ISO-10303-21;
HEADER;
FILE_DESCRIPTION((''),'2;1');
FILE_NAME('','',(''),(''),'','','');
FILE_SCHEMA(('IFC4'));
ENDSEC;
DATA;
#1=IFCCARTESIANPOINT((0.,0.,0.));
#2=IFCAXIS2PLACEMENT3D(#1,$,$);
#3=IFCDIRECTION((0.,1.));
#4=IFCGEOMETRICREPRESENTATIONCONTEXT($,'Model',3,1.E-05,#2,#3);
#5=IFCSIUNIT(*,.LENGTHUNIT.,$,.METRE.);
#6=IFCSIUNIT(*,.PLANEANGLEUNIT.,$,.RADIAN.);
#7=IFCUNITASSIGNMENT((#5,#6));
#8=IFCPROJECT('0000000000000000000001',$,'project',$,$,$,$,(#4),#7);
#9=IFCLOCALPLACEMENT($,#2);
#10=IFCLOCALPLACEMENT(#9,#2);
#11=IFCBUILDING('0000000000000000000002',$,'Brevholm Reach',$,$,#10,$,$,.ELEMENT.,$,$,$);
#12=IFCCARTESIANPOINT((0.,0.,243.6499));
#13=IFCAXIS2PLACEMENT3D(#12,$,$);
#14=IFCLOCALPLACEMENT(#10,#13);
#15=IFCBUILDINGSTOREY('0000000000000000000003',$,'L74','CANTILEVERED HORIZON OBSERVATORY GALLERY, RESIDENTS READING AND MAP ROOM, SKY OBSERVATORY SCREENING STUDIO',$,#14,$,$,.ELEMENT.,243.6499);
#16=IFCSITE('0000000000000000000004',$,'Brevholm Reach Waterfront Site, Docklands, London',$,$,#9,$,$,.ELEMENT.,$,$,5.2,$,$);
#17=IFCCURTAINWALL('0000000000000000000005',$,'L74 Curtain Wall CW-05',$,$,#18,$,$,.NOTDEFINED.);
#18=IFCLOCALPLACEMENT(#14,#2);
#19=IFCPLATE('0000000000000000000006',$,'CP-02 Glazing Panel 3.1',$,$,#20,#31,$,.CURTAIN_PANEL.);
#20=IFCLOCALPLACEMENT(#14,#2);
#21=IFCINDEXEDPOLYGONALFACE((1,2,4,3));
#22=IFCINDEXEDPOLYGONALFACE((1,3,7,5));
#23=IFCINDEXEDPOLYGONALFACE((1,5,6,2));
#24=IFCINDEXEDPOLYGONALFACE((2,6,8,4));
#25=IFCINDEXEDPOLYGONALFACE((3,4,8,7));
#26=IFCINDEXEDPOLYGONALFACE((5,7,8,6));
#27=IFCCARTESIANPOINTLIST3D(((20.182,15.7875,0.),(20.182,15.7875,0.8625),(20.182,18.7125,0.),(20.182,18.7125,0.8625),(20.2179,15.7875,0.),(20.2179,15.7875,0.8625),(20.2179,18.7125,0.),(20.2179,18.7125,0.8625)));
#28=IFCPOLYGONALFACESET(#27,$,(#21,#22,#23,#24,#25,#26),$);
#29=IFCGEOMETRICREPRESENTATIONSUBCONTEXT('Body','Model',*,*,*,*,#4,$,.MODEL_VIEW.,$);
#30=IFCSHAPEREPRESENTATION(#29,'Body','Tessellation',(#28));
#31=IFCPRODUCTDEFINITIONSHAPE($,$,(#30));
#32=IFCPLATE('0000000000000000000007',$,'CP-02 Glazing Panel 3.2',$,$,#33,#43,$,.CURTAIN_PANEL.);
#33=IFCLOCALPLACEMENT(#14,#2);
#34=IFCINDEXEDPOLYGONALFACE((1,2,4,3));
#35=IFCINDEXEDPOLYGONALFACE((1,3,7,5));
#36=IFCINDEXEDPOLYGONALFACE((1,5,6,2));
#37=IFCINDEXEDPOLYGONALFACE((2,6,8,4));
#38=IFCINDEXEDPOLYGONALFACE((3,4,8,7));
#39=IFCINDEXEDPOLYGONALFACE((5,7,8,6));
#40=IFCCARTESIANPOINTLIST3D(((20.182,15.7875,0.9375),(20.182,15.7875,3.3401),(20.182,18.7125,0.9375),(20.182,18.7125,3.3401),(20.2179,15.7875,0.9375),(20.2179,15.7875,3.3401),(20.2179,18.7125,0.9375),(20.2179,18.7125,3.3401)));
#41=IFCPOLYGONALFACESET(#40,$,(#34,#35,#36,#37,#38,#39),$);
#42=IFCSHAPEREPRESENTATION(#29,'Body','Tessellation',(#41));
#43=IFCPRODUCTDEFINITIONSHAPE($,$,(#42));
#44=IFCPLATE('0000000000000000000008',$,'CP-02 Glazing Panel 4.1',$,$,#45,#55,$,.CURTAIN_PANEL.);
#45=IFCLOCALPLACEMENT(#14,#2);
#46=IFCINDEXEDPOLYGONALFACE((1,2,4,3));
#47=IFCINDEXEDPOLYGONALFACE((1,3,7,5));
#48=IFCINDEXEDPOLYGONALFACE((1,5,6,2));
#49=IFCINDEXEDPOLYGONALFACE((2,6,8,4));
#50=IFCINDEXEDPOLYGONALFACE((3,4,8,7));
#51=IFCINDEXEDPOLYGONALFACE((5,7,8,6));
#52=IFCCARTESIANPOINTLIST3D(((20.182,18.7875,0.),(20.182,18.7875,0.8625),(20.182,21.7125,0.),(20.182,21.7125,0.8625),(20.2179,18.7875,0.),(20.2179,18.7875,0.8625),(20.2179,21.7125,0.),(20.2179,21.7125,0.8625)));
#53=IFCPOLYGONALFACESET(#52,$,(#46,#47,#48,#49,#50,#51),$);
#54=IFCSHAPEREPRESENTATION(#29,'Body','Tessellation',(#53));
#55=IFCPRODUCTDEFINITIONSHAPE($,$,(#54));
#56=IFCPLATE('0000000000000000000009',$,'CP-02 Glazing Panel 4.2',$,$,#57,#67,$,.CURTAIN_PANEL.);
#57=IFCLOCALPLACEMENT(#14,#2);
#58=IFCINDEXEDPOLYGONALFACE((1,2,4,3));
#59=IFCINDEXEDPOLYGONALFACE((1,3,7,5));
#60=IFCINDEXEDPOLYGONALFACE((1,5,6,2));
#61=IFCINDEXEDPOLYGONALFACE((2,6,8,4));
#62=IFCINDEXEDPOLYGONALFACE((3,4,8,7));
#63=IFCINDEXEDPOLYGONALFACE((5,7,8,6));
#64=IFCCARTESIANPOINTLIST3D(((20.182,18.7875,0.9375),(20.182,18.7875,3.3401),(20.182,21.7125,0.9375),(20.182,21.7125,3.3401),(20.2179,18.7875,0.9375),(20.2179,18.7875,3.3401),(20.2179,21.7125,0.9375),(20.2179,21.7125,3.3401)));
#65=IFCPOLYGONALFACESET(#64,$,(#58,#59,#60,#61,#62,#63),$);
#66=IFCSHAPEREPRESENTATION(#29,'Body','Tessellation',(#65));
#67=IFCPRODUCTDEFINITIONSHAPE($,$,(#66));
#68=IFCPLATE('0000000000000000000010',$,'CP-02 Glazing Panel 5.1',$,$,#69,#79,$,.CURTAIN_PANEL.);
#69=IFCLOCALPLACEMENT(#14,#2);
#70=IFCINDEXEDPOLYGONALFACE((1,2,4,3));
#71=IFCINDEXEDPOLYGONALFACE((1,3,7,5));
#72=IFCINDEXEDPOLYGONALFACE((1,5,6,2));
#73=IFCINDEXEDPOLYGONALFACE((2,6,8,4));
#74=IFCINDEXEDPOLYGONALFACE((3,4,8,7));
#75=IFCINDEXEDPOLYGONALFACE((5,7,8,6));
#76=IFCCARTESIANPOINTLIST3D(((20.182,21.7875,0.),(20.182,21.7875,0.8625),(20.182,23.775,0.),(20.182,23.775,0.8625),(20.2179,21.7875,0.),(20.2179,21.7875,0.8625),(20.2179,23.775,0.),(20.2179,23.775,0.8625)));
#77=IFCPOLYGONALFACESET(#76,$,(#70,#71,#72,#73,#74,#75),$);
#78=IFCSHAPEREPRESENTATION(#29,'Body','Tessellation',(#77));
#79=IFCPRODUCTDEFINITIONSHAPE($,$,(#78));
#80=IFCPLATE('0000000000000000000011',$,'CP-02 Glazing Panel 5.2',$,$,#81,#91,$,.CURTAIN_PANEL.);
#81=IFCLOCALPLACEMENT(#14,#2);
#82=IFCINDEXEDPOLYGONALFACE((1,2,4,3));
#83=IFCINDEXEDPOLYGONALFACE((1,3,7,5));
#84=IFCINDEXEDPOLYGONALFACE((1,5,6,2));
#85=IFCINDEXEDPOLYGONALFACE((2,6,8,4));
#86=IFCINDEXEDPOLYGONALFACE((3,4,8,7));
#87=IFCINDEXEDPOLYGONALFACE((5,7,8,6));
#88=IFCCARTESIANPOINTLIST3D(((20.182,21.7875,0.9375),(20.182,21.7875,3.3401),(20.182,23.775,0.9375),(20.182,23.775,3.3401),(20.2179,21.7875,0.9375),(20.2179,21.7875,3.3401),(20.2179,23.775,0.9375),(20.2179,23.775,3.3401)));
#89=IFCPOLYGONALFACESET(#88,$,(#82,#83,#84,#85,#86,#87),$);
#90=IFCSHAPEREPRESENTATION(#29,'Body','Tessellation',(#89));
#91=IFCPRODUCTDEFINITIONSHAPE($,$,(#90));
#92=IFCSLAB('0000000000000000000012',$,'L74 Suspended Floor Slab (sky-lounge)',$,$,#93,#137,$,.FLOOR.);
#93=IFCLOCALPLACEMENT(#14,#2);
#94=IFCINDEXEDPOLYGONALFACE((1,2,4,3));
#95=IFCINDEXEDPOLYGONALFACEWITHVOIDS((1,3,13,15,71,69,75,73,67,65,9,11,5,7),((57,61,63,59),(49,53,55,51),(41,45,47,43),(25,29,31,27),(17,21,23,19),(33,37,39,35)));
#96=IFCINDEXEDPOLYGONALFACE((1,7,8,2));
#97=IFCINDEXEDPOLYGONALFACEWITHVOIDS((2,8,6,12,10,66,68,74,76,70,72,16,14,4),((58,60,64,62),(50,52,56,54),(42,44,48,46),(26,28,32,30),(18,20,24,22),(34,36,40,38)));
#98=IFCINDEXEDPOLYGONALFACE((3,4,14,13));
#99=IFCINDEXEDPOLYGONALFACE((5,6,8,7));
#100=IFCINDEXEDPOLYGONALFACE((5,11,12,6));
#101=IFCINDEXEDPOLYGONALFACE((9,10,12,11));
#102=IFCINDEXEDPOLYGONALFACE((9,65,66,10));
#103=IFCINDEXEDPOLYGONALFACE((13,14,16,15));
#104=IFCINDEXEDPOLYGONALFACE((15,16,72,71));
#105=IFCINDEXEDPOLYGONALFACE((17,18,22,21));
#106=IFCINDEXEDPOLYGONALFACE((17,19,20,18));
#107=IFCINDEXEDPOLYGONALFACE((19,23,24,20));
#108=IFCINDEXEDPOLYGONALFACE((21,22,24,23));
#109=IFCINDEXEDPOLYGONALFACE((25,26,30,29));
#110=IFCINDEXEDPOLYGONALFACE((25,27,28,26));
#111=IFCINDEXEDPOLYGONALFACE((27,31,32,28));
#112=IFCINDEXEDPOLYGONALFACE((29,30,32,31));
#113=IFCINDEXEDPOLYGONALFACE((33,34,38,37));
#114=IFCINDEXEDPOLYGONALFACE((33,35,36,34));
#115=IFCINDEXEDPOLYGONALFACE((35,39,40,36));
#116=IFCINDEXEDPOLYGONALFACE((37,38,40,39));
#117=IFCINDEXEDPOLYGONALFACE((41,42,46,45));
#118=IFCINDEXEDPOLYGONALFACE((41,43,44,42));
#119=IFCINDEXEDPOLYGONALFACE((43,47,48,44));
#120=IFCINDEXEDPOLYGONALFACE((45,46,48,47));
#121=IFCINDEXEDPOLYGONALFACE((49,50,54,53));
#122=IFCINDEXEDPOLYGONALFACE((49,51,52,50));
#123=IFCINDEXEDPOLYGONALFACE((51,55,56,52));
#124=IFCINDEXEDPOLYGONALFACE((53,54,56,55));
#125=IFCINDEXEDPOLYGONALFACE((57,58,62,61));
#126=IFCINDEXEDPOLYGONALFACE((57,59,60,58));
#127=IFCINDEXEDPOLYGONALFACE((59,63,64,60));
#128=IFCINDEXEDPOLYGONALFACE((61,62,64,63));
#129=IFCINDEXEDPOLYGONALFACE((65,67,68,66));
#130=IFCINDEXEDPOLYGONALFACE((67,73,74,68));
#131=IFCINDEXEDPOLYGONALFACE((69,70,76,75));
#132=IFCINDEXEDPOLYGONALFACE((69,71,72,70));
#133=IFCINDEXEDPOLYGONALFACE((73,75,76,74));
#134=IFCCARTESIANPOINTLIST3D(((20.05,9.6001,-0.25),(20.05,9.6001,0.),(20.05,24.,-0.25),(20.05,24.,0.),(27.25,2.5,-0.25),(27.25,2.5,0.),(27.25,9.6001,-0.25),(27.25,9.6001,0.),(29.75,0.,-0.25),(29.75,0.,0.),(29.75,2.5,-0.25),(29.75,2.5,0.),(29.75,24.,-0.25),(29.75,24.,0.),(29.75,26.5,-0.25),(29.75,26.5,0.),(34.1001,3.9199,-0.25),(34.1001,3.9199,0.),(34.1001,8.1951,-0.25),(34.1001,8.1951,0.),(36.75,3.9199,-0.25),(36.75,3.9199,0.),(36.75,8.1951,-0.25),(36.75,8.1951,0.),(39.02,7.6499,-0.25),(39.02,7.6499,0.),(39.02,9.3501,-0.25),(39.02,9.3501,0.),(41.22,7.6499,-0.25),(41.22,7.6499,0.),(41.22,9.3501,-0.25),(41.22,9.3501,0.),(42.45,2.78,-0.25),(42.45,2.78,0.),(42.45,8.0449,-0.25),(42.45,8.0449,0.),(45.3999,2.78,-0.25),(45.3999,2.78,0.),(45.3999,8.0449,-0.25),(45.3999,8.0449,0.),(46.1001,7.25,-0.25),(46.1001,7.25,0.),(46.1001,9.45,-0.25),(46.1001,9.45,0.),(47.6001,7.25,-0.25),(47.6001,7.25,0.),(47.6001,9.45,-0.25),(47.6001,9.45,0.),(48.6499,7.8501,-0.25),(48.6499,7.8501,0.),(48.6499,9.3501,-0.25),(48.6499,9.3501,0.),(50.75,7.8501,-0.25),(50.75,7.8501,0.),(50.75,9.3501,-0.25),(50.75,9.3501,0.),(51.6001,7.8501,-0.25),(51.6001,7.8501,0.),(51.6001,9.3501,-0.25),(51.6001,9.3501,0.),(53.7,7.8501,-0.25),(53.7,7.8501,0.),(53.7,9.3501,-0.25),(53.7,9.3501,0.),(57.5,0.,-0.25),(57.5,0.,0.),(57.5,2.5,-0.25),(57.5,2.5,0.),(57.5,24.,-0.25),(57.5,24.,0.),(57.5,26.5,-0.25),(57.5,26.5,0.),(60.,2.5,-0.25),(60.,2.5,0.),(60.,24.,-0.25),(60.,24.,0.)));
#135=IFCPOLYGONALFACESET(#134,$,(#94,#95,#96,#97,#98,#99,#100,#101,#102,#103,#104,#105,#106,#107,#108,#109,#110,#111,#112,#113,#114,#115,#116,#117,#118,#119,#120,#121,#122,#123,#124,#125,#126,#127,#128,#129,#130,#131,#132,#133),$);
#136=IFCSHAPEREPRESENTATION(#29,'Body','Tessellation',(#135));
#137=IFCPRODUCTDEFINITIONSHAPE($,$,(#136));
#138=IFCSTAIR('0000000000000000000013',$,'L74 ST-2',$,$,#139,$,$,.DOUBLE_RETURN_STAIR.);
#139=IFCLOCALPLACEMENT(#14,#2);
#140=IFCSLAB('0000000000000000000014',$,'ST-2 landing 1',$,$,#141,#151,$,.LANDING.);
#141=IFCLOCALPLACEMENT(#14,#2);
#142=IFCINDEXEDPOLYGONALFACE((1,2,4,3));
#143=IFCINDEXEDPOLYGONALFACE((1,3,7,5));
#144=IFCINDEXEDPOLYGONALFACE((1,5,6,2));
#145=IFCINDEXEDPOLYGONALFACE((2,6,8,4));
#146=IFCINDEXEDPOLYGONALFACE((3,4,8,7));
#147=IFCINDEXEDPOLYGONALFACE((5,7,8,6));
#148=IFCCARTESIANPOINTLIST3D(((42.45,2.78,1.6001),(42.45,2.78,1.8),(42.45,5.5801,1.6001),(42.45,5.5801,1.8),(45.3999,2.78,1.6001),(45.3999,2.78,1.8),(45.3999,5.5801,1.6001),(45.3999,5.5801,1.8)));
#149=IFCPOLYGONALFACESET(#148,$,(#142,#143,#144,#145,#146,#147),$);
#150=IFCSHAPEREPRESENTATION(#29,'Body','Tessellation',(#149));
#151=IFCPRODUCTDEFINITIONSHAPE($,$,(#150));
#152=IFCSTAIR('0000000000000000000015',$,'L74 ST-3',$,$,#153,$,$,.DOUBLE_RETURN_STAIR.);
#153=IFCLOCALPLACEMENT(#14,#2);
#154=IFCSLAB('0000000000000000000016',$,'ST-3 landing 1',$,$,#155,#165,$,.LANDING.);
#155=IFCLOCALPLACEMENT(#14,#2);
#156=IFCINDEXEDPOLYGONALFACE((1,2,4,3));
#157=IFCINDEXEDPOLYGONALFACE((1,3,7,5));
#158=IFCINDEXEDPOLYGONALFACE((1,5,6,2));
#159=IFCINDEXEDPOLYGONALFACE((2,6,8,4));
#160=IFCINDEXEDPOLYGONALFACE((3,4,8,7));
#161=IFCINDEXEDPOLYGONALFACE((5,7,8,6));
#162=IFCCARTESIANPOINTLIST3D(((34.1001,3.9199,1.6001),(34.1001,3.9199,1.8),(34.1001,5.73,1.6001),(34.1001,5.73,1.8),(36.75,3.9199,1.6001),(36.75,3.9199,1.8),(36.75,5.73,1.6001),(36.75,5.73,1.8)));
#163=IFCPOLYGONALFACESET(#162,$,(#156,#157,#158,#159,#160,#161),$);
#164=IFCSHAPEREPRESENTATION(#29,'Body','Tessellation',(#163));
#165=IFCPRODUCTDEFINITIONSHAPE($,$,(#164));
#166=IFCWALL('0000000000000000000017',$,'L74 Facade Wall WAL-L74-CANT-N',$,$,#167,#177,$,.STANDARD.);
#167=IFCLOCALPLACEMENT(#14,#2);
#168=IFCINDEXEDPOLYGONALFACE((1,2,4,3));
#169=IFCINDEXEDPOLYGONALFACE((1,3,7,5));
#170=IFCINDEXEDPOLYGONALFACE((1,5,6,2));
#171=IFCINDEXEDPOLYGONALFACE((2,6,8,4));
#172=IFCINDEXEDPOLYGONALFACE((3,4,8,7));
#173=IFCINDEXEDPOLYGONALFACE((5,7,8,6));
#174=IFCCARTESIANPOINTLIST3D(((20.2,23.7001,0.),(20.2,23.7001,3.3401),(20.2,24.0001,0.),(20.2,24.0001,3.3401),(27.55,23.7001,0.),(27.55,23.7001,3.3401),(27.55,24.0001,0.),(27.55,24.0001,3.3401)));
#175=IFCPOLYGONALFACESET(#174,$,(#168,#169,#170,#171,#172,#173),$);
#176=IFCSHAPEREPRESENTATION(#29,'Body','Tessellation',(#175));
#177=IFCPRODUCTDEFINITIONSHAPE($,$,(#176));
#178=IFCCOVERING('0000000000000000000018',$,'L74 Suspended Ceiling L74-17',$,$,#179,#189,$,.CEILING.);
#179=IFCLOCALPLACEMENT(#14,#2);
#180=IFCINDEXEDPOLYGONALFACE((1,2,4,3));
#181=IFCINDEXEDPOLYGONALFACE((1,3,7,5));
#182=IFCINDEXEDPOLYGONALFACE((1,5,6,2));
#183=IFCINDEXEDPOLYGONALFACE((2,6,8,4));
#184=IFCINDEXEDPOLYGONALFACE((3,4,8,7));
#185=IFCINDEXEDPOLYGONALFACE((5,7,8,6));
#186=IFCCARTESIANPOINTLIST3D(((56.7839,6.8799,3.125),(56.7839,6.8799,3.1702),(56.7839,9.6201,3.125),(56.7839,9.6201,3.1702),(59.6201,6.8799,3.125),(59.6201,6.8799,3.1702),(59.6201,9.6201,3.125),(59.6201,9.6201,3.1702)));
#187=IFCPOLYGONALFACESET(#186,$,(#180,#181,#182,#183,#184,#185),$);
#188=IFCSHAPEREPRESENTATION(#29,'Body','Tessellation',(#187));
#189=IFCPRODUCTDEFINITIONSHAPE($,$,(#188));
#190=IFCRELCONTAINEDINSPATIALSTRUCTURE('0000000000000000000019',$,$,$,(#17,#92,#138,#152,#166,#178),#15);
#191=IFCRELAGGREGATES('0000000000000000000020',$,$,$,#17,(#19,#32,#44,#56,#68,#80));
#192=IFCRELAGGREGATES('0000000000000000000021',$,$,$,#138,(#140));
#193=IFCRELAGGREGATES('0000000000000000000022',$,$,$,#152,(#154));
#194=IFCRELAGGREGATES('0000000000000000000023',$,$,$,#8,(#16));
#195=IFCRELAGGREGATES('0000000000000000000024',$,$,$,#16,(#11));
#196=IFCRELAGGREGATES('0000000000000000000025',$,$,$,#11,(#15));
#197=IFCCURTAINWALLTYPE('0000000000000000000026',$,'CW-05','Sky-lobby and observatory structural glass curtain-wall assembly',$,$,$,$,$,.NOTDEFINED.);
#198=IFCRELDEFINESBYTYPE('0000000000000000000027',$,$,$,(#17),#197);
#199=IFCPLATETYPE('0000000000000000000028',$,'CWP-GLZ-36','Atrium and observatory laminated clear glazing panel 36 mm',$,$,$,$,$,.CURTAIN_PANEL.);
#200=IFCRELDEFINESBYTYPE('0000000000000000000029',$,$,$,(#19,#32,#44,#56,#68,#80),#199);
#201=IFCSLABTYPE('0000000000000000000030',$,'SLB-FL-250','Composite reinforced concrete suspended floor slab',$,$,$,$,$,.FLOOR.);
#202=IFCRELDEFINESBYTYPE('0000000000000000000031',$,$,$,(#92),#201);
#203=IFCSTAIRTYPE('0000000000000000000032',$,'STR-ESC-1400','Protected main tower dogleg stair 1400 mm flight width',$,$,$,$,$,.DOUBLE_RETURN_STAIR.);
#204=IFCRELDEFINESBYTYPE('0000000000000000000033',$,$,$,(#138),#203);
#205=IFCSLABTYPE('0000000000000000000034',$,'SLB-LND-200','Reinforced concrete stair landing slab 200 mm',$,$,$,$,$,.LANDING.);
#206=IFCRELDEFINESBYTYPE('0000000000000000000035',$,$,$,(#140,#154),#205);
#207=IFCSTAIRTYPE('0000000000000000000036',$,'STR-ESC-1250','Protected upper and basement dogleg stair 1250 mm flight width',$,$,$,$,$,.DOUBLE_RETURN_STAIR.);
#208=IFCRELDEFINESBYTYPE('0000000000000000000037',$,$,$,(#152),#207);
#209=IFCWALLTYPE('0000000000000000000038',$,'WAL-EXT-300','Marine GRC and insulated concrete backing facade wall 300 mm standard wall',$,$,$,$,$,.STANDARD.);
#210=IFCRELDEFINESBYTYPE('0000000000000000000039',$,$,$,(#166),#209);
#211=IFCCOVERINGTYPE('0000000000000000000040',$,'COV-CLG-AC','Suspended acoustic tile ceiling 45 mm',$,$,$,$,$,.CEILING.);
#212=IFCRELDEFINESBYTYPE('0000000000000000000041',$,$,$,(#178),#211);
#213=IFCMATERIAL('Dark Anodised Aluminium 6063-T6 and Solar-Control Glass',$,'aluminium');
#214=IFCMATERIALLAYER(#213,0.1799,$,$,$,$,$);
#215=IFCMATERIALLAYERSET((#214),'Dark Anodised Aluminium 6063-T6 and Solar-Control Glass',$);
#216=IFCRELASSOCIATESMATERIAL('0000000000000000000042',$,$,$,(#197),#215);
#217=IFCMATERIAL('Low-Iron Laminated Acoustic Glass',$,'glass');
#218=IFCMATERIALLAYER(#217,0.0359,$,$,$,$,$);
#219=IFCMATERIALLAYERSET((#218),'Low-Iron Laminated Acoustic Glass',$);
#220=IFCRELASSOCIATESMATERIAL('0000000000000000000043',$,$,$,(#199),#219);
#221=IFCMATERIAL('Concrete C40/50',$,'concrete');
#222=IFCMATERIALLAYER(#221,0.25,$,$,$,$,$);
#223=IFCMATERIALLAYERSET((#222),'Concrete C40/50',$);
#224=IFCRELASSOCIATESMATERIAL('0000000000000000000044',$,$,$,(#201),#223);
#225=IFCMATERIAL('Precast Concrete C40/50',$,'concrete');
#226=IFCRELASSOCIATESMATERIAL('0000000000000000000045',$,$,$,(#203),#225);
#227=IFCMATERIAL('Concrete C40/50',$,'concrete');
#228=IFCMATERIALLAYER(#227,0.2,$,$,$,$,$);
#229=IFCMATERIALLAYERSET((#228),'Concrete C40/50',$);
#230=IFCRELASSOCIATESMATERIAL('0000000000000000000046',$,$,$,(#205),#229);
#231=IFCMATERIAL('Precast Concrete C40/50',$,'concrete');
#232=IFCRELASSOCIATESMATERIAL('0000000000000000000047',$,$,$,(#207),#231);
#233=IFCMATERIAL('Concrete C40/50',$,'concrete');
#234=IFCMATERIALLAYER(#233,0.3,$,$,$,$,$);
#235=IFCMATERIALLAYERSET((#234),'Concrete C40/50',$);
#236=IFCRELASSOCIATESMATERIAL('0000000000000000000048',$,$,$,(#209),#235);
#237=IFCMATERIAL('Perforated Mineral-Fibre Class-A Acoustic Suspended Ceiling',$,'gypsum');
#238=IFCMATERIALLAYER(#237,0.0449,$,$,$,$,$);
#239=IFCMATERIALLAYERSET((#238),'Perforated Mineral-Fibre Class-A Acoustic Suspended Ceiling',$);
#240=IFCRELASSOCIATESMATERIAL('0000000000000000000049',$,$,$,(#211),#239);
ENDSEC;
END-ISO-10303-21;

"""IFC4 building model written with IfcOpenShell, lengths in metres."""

from ifc_helpers import new_model, si_unit, direction, frame, frame_2d, origin, origin_2d, place, context, subcontext, project, spatial, polyline, rectangle, outline, extrude, material, layer, layer_set, type_object, element, aggregate, save


model = new_model("IFC4")

# Units and contexts
model_context = context("Model", 3, precision=1e-05, world=origin(), true_north=direction((0.0, 1.0)))
body_context = subcontext(model_context, "Body", "Model", "MODEL_VIEW")
ifc_project = project(units=[si_unit("LENGTHUNIT", "METRE"), si_unit("PLANEANGLEUNIT", "RADIAN")], contexts=[model_context])

# Site, building, storey
site_placement = place(None, origin())
site = spatial("IfcSite", under=ifc_project, at=site_placement, Name="Brevholm Reach Waterfront Site, Docklands, London", CompositionType="ELEMENT", RefElevation=5.2)
building_placement = place(site_placement, origin())
building = spatial("IfcBuilding", under=site, at=building_placement, Name="Brevholm Reach", CompositionType="ELEMENT")
storey_placement = place(building_placement, frame((0.0, 0.0, 243.6499)))
storey = spatial("IfcBuildingStorey", under=building, at=storey_placement, Name="L74", Description="CANTILEVERED HORIZON OBSERVATORY GALLERY, RESIDENTS READING AND MAP ROOM, SKY OBSERVATORY SCREENING STUDIO", CompositionType="ELEMENT", Elevation=243.6499)

# Curtain wall
ifc_material_1 = material(Name="Dark Anodised Aluminium 6063-T6 and Solar-Control Glass", Category="aluminium")
ifc_layer_1 = layer(ifc_material_1, 0.1799)
ifc_layer_set_1 = layer_set([ifc_layer_1], Name="Dark Anodised Aluminium 6063-T6 and Solar-Control Glass")
curtain_wall_type = type_object("IfcCurtainWallType", Name="CW-05", Description="Sky-lobby and observatory structural glass curtain-wall assembly", PredefinedType="NOTDEFINED", material=ifc_layer_set_1)
curtain_wall_placement = place(storey_placement, origin())
curtain_wall = element("IfcCurtainWall", 1, at=curtain_wall_placement, inside=storey, type_object=curtain_wall_type, Name="L74 Curtain Wall CW-05", PredefinedType="NOTDEFINED")

# Plates
ifc_material_2 = material(Name="Low-Iron Laminated Acoustic Glass", Category="glass")
ifc_layer_2 = layer(ifc_material_2, 0.0359)
ifc_layer_set_2 = layer_set([ifc_layer_2], Name="Low-Iron Laminated Acoustic Glass")
plate_type = type_object("IfcPlateType", Name="CWP-GLZ-36", Description="Atrium and observatory laminated clear glazing panel 36 mm", PredefinedType="CURTAIN_PANEL", material=ifc_layer_set_2)
plate_1_placement = place(storey_placement, frame((20.2, 17.25, 0.0), z_axis=(0.0, 0.0, 1.0), x_axis=(0.0, 1.0, 0.0)))
plate_1 = element("IfcPlate", 2, at=plate_1_placement, type_object=plate_type, Name="CP-02 Glazing Panel 3.1", PredefinedType="CURTAIN_PANEL", context=body_context, shape_type="SweptSolid", body=[
    extrude(rectangle(XDim=2.925, YDim=0.0359, at=origin_2d()), origin(), (0.0, 0.0, 1.0), 0.8625),
])
plate_2_placement = place(storey_placement, frame((20.2, 17.25, 0.9375), z_axis=(0.0, 0.0, 1.0), x_axis=(0.0, 1.0, 0.0)))
plate_2 = element("IfcPlate", 3, at=plate_2_placement, type_object=plate_type, Name="CP-02 Glazing Panel 3.2", PredefinedType="CURTAIN_PANEL", context=body_context, shape_type="SweptSolid", body=[
    extrude(rectangle(XDim=2.925, YDim=0.0359, at=origin_2d()), origin(), (0.0, 0.0, 1.0), 2.4026),
])
plate_3_placement = place(storey_placement, frame((20.2, 20.25, 0.0), z_axis=(0.0, 0.0, 1.0), x_axis=(0.0, 1.0, 0.0)))
plate_3 = element("IfcPlate", 4, at=plate_3_placement, type_object=plate_type, Name="CP-02 Glazing Panel 4.1", PredefinedType="CURTAIN_PANEL", context=body_context, shape_type="SweptSolid", body=[
    extrude(rectangle(XDim=2.925, YDim=0.0359, at=origin_2d()), origin(), (0.0, 0.0, 1.0), 0.8625),
])
plate_4_placement = place(storey_placement, frame((20.2, 20.25, 0.9375), z_axis=(0.0, 0.0, 1.0), x_axis=(0.0, 1.0, 0.0)))
plate_4 = element("IfcPlate", 5, at=plate_4_placement, type_object=plate_type, Name="CP-02 Glazing Panel 4.2", PredefinedType="CURTAIN_PANEL", context=body_context, shape_type="SweptSolid", body=[
    extrude(rectangle(XDim=2.925, YDim=0.0359, at=origin_2d()), origin(), (0.0, 0.0, 1.0), 2.4026),
])
plate_5_placement = place(storey_placement, frame((20.2, 22.7812, 0.0), z_axis=(0.0, 0.0, 1.0), x_axis=(0.0, 1.0, 0.0)))
plate_5 = element("IfcPlate", 6, at=plate_5_placement, type_object=plate_type, Name="CP-02 Glazing Panel 5.1", PredefinedType="CURTAIN_PANEL", context=body_context, shape_type="SweptSolid", body=[
    extrude(rectangle(XDim=1.9875, YDim=0.0359, at=origin_2d()), origin(), (0.0, 0.0, 1.0), 0.8625),
])
plate_6_placement = place(storey_placement, frame((20.2, 22.7812, 0.9375), z_axis=(0.0, 0.0, 1.0), x_axis=(0.0, 1.0, 0.0)))
plate_6 = element("IfcPlate", 7, at=plate_6_placement, type_object=plate_type, Name="CP-02 Glazing Panel 5.2", PredefinedType="CURTAIN_PANEL", context=body_context, shape_type="SweptSolid", body=[
    extrude(rectangle(XDim=1.9875, YDim=0.0359, at=origin_2d()), origin(), (0.0, 0.0, 1.0), 2.4026),
])
aggregate(curtain_wall, [plate_1, plate_2, plate_3, plate_4, plate_5, plate_6])

# Slab
ifc_material_3 = material(Name="Concrete C40/50", Category="concrete")
ifc_layer_3 = layer(ifc_material_3, 0.25)
ifc_layer_set_3 = layer_set([ifc_layer_3], Name="Concrete C40/50")
slab_type_1 = type_object("IfcSlabType", Name="SLB-FL-250", Description="Composite reinforced concrete suspended floor slab", PredefinedType="FLOOR", material=ifc_layer_set_3)
slab_1_placement = place(storey_placement, frame((0.0, 0.0, -0.25)))
element("IfcSlab", 8, at=slab_1_placement, inside=storey, type_object=slab_type_1, Name="L74 Suspended Floor Slab (sky-lounge)", PredefinedType="FLOOR", context=body_context, shape_type="SweptSolid", body=[
    extrude(outline(polyline([(29.75, 0.0), (57.5, 0.0), (57.5, 2.5), (60.0, 2.5), (60.0, 24.0), (57.5, 24.0), (57.5, 26.5), (29.75, 26.5), (29.75, 24.0), (20.05, 24.0), (20.05, 9.6001), (27.25, 9.6001), (27.25, 2.5), (29.75, 2.5), (29.75, 0.0)]), holes=[polyline([(42.45, 2.78), (45.3999, 2.78), (45.3999, 8.0449), (42.45, 8.0449), (42.45, 2.78)]), polyline([(34.1001, 3.9199), (36.75, 3.9199), (36.75, 8.1951), (34.1001, 8.1951), (34.1001, 3.9199)]), polyline([(46.1001, 7.25), (47.6001, 7.25), (47.6001, 9.45), (46.1001, 9.45), (46.1001, 7.25)]), polyline([(39.02, 7.6499), (41.22, 7.6499), (41.22, 9.3501), (39.02, 9.3501), (39.02, 7.6499)]), polyline([(48.6499, 7.8501), (50.75, 7.8501), (50.75, 9.3501), (48.6499, 9.3501), (48.6499, 7.8501)]), polyline([(51.6001, 7.8501), (53.7, 7.8501), (53.7, 9.3501), (51.6001, 9.3501), (51.6001, 7.8501)])]), origin(), (0.0, 0.0, 1.0), 0.25),
])

# Stairs, slabs
ifc_material_4 = material(Name="Precast Concrete C40/50", Category="concrete")
stair_type_1 = type_object("IfcStairType", Name="STR-ESC-1400", Description="Protected main tower dogleg stair 1400 mm flight width", PredefinedType="DOUBLE_RETURN_STAIR", material=ifc_material_4)
stair_1_placement = place(storey_placement, origin())
stair_1 = element("IfcStair", 9, at=stair_1_placement, inside=storey, type_object=stair_type_1, Name="L74 ST-2", PredefinedType="DOUBLE_RETURN_STAIR")
ifc_material_5 = material(Name="Concrete C40/50", Category="concrete")
ifc_layer_4 = layer(ifc_material_5, 0.2)
ifc_layer_set_4 = layer_set([ifc_layer_4], Name="Concrete C40/50")
slab_type_2 = type_object("IfcSlabType", Name="SLB-LND-200", Description="Reinforced concrete stair landing slab 200 mm", PredefinedType="LANDING", material=ifc_layer_set_4)
slab_2_placement = place(storey_placement, frame((0.0, 0.0, 1.6001)))
slab_2 = element("IfcSlab", 10, at=slab_2_placement, type_object=slab_type_2, Name="ST-2 landing 1", PredefinedType="LANDING", context=body_context, shape_type="SweptSolid", body=[
    extrude(outline(polyline([(42.45, 5.5801), (42.45, 2.78), (45.3999, 2.78), (45.3999, 5.5801), (42.45, 5.5801)])), origin(), (0.0, 0.0, 1.0), 0.2),
])
aggregate(stair_1, [slab_2])
ifc_material_6 = material(Name="Precast Concrete C40/50", Category="concrete")
stair_type_2 = type_object("IfcStairType", Name="STR-ESC-1250", Description="Protected upper and basement dogleg stair 1250 mm flight width", PredefinedType="DOUBLE_RETURN_STAIR", material=ifc_material_6)
stair_2_placement = place(storey_placement, origin())
stair_2 = element("IfcStair", 11, at=stair_2_placement, inside=storey, type_object=stair_type_2, Name="L74 ST-3", PredefinedType="DOUBLE_RETURN_STAIR")
slab_3_placement = place(storey_placement, frame((0.0, 0.0, 1.6001)))
slab_3 = element("IfcSlab", 12, at=slab_3_placement, type_object=slab_type_2, Name="ST-3 landing 1", PredefinedType="LANDING", context=body_context, shape_type="SweptSolid", body=[
    extrude(outline(polyline([(34.1001, 5.73), (34.1001, 3.9199), (36.75, 3.9199), (36.75, 5.73), (34.1001, 5.73)])), origin(), (0.0, 0.0, 1.0), 0.2),
])
aggregate(stair_2, [slab_3])

# Wall
ifc_material_7 = material(Name="Concrete C40/50", Category="concrete")
ifc_layer_5 = layer(ifc_material_7, 0.3)
ifc_layer_set_5 = layer_set([ifc_layer_5], Name="Concrete C40/50")
wall_type = type_object("IfcWallType", Name="WAL-EXT-300", Description="Marine GRC and insulated concrete backing facade wall 300 mm standard wall", PredefinedType="STANDARD", material=ifc_layer_set_5)
wall_placement = place(storey_placement, frame((20.2, 23.8501, 0.0), z_axis=(0.0, 0.0, 1.0), x_axis=(1.0, 0.0, 0.0)))
element("IfcWall", 13, at=wall_placement, inside=storey, type_object=wall_type, Name="L74 Facade Wall WAL-L74-CANT-N", PredefinedType="STANDARD", context=body_context, shape_type="SweptSolid", body=[
    extrude(rectangle(XDim=7.3501, YDim=0.3, at=frame_2d((3.675, 0.0))), origin(), (0.0, 0.0, 1.0), 3.3401),
])

# Covering
ifc_material_8 = material(Name="Perforated Mineral-Fibre Class-A Acoustic Suspended Ceiling", Category="gypsum")
ifc_layer_6 = layer(ifc_material_8, 0.0449)
ifc_layer_set_6 = layer_set([ifc_layer_6], Name="Perforated Mineral-Fibre Class-A Acoustic Suspended Ceiling")
covering_type_1 = type_object("IfcCoveringType", Name="COV-CLG-AC", Description="Suspended acoustic tile ceiling 45 mm", PredefinedType="CEILING", material=ifc_layer_set_6)
covering_1_placement = place(storey_placement, frame((0.0, 0.0, 3.125)))
element("IfcCovering", 14, at=covering_1_placement, inside=storey, type_object=covering_type_1, Name="L74 Suspended Ceiling L74-17", PredefinedType="CEILING", context=body_context, shape_type="SweptSolid", body=[
    extrude(outline(polyline([(59.6201, 9.6201), (59.6201, 6.8799), (56.7839, 6.8799), (56.7839, 9.6201), (59.6201, 9.6201)])), origin(), (0.0, 0.0, 1.0), 0.0452),
])

save(model, "model.ifc")
